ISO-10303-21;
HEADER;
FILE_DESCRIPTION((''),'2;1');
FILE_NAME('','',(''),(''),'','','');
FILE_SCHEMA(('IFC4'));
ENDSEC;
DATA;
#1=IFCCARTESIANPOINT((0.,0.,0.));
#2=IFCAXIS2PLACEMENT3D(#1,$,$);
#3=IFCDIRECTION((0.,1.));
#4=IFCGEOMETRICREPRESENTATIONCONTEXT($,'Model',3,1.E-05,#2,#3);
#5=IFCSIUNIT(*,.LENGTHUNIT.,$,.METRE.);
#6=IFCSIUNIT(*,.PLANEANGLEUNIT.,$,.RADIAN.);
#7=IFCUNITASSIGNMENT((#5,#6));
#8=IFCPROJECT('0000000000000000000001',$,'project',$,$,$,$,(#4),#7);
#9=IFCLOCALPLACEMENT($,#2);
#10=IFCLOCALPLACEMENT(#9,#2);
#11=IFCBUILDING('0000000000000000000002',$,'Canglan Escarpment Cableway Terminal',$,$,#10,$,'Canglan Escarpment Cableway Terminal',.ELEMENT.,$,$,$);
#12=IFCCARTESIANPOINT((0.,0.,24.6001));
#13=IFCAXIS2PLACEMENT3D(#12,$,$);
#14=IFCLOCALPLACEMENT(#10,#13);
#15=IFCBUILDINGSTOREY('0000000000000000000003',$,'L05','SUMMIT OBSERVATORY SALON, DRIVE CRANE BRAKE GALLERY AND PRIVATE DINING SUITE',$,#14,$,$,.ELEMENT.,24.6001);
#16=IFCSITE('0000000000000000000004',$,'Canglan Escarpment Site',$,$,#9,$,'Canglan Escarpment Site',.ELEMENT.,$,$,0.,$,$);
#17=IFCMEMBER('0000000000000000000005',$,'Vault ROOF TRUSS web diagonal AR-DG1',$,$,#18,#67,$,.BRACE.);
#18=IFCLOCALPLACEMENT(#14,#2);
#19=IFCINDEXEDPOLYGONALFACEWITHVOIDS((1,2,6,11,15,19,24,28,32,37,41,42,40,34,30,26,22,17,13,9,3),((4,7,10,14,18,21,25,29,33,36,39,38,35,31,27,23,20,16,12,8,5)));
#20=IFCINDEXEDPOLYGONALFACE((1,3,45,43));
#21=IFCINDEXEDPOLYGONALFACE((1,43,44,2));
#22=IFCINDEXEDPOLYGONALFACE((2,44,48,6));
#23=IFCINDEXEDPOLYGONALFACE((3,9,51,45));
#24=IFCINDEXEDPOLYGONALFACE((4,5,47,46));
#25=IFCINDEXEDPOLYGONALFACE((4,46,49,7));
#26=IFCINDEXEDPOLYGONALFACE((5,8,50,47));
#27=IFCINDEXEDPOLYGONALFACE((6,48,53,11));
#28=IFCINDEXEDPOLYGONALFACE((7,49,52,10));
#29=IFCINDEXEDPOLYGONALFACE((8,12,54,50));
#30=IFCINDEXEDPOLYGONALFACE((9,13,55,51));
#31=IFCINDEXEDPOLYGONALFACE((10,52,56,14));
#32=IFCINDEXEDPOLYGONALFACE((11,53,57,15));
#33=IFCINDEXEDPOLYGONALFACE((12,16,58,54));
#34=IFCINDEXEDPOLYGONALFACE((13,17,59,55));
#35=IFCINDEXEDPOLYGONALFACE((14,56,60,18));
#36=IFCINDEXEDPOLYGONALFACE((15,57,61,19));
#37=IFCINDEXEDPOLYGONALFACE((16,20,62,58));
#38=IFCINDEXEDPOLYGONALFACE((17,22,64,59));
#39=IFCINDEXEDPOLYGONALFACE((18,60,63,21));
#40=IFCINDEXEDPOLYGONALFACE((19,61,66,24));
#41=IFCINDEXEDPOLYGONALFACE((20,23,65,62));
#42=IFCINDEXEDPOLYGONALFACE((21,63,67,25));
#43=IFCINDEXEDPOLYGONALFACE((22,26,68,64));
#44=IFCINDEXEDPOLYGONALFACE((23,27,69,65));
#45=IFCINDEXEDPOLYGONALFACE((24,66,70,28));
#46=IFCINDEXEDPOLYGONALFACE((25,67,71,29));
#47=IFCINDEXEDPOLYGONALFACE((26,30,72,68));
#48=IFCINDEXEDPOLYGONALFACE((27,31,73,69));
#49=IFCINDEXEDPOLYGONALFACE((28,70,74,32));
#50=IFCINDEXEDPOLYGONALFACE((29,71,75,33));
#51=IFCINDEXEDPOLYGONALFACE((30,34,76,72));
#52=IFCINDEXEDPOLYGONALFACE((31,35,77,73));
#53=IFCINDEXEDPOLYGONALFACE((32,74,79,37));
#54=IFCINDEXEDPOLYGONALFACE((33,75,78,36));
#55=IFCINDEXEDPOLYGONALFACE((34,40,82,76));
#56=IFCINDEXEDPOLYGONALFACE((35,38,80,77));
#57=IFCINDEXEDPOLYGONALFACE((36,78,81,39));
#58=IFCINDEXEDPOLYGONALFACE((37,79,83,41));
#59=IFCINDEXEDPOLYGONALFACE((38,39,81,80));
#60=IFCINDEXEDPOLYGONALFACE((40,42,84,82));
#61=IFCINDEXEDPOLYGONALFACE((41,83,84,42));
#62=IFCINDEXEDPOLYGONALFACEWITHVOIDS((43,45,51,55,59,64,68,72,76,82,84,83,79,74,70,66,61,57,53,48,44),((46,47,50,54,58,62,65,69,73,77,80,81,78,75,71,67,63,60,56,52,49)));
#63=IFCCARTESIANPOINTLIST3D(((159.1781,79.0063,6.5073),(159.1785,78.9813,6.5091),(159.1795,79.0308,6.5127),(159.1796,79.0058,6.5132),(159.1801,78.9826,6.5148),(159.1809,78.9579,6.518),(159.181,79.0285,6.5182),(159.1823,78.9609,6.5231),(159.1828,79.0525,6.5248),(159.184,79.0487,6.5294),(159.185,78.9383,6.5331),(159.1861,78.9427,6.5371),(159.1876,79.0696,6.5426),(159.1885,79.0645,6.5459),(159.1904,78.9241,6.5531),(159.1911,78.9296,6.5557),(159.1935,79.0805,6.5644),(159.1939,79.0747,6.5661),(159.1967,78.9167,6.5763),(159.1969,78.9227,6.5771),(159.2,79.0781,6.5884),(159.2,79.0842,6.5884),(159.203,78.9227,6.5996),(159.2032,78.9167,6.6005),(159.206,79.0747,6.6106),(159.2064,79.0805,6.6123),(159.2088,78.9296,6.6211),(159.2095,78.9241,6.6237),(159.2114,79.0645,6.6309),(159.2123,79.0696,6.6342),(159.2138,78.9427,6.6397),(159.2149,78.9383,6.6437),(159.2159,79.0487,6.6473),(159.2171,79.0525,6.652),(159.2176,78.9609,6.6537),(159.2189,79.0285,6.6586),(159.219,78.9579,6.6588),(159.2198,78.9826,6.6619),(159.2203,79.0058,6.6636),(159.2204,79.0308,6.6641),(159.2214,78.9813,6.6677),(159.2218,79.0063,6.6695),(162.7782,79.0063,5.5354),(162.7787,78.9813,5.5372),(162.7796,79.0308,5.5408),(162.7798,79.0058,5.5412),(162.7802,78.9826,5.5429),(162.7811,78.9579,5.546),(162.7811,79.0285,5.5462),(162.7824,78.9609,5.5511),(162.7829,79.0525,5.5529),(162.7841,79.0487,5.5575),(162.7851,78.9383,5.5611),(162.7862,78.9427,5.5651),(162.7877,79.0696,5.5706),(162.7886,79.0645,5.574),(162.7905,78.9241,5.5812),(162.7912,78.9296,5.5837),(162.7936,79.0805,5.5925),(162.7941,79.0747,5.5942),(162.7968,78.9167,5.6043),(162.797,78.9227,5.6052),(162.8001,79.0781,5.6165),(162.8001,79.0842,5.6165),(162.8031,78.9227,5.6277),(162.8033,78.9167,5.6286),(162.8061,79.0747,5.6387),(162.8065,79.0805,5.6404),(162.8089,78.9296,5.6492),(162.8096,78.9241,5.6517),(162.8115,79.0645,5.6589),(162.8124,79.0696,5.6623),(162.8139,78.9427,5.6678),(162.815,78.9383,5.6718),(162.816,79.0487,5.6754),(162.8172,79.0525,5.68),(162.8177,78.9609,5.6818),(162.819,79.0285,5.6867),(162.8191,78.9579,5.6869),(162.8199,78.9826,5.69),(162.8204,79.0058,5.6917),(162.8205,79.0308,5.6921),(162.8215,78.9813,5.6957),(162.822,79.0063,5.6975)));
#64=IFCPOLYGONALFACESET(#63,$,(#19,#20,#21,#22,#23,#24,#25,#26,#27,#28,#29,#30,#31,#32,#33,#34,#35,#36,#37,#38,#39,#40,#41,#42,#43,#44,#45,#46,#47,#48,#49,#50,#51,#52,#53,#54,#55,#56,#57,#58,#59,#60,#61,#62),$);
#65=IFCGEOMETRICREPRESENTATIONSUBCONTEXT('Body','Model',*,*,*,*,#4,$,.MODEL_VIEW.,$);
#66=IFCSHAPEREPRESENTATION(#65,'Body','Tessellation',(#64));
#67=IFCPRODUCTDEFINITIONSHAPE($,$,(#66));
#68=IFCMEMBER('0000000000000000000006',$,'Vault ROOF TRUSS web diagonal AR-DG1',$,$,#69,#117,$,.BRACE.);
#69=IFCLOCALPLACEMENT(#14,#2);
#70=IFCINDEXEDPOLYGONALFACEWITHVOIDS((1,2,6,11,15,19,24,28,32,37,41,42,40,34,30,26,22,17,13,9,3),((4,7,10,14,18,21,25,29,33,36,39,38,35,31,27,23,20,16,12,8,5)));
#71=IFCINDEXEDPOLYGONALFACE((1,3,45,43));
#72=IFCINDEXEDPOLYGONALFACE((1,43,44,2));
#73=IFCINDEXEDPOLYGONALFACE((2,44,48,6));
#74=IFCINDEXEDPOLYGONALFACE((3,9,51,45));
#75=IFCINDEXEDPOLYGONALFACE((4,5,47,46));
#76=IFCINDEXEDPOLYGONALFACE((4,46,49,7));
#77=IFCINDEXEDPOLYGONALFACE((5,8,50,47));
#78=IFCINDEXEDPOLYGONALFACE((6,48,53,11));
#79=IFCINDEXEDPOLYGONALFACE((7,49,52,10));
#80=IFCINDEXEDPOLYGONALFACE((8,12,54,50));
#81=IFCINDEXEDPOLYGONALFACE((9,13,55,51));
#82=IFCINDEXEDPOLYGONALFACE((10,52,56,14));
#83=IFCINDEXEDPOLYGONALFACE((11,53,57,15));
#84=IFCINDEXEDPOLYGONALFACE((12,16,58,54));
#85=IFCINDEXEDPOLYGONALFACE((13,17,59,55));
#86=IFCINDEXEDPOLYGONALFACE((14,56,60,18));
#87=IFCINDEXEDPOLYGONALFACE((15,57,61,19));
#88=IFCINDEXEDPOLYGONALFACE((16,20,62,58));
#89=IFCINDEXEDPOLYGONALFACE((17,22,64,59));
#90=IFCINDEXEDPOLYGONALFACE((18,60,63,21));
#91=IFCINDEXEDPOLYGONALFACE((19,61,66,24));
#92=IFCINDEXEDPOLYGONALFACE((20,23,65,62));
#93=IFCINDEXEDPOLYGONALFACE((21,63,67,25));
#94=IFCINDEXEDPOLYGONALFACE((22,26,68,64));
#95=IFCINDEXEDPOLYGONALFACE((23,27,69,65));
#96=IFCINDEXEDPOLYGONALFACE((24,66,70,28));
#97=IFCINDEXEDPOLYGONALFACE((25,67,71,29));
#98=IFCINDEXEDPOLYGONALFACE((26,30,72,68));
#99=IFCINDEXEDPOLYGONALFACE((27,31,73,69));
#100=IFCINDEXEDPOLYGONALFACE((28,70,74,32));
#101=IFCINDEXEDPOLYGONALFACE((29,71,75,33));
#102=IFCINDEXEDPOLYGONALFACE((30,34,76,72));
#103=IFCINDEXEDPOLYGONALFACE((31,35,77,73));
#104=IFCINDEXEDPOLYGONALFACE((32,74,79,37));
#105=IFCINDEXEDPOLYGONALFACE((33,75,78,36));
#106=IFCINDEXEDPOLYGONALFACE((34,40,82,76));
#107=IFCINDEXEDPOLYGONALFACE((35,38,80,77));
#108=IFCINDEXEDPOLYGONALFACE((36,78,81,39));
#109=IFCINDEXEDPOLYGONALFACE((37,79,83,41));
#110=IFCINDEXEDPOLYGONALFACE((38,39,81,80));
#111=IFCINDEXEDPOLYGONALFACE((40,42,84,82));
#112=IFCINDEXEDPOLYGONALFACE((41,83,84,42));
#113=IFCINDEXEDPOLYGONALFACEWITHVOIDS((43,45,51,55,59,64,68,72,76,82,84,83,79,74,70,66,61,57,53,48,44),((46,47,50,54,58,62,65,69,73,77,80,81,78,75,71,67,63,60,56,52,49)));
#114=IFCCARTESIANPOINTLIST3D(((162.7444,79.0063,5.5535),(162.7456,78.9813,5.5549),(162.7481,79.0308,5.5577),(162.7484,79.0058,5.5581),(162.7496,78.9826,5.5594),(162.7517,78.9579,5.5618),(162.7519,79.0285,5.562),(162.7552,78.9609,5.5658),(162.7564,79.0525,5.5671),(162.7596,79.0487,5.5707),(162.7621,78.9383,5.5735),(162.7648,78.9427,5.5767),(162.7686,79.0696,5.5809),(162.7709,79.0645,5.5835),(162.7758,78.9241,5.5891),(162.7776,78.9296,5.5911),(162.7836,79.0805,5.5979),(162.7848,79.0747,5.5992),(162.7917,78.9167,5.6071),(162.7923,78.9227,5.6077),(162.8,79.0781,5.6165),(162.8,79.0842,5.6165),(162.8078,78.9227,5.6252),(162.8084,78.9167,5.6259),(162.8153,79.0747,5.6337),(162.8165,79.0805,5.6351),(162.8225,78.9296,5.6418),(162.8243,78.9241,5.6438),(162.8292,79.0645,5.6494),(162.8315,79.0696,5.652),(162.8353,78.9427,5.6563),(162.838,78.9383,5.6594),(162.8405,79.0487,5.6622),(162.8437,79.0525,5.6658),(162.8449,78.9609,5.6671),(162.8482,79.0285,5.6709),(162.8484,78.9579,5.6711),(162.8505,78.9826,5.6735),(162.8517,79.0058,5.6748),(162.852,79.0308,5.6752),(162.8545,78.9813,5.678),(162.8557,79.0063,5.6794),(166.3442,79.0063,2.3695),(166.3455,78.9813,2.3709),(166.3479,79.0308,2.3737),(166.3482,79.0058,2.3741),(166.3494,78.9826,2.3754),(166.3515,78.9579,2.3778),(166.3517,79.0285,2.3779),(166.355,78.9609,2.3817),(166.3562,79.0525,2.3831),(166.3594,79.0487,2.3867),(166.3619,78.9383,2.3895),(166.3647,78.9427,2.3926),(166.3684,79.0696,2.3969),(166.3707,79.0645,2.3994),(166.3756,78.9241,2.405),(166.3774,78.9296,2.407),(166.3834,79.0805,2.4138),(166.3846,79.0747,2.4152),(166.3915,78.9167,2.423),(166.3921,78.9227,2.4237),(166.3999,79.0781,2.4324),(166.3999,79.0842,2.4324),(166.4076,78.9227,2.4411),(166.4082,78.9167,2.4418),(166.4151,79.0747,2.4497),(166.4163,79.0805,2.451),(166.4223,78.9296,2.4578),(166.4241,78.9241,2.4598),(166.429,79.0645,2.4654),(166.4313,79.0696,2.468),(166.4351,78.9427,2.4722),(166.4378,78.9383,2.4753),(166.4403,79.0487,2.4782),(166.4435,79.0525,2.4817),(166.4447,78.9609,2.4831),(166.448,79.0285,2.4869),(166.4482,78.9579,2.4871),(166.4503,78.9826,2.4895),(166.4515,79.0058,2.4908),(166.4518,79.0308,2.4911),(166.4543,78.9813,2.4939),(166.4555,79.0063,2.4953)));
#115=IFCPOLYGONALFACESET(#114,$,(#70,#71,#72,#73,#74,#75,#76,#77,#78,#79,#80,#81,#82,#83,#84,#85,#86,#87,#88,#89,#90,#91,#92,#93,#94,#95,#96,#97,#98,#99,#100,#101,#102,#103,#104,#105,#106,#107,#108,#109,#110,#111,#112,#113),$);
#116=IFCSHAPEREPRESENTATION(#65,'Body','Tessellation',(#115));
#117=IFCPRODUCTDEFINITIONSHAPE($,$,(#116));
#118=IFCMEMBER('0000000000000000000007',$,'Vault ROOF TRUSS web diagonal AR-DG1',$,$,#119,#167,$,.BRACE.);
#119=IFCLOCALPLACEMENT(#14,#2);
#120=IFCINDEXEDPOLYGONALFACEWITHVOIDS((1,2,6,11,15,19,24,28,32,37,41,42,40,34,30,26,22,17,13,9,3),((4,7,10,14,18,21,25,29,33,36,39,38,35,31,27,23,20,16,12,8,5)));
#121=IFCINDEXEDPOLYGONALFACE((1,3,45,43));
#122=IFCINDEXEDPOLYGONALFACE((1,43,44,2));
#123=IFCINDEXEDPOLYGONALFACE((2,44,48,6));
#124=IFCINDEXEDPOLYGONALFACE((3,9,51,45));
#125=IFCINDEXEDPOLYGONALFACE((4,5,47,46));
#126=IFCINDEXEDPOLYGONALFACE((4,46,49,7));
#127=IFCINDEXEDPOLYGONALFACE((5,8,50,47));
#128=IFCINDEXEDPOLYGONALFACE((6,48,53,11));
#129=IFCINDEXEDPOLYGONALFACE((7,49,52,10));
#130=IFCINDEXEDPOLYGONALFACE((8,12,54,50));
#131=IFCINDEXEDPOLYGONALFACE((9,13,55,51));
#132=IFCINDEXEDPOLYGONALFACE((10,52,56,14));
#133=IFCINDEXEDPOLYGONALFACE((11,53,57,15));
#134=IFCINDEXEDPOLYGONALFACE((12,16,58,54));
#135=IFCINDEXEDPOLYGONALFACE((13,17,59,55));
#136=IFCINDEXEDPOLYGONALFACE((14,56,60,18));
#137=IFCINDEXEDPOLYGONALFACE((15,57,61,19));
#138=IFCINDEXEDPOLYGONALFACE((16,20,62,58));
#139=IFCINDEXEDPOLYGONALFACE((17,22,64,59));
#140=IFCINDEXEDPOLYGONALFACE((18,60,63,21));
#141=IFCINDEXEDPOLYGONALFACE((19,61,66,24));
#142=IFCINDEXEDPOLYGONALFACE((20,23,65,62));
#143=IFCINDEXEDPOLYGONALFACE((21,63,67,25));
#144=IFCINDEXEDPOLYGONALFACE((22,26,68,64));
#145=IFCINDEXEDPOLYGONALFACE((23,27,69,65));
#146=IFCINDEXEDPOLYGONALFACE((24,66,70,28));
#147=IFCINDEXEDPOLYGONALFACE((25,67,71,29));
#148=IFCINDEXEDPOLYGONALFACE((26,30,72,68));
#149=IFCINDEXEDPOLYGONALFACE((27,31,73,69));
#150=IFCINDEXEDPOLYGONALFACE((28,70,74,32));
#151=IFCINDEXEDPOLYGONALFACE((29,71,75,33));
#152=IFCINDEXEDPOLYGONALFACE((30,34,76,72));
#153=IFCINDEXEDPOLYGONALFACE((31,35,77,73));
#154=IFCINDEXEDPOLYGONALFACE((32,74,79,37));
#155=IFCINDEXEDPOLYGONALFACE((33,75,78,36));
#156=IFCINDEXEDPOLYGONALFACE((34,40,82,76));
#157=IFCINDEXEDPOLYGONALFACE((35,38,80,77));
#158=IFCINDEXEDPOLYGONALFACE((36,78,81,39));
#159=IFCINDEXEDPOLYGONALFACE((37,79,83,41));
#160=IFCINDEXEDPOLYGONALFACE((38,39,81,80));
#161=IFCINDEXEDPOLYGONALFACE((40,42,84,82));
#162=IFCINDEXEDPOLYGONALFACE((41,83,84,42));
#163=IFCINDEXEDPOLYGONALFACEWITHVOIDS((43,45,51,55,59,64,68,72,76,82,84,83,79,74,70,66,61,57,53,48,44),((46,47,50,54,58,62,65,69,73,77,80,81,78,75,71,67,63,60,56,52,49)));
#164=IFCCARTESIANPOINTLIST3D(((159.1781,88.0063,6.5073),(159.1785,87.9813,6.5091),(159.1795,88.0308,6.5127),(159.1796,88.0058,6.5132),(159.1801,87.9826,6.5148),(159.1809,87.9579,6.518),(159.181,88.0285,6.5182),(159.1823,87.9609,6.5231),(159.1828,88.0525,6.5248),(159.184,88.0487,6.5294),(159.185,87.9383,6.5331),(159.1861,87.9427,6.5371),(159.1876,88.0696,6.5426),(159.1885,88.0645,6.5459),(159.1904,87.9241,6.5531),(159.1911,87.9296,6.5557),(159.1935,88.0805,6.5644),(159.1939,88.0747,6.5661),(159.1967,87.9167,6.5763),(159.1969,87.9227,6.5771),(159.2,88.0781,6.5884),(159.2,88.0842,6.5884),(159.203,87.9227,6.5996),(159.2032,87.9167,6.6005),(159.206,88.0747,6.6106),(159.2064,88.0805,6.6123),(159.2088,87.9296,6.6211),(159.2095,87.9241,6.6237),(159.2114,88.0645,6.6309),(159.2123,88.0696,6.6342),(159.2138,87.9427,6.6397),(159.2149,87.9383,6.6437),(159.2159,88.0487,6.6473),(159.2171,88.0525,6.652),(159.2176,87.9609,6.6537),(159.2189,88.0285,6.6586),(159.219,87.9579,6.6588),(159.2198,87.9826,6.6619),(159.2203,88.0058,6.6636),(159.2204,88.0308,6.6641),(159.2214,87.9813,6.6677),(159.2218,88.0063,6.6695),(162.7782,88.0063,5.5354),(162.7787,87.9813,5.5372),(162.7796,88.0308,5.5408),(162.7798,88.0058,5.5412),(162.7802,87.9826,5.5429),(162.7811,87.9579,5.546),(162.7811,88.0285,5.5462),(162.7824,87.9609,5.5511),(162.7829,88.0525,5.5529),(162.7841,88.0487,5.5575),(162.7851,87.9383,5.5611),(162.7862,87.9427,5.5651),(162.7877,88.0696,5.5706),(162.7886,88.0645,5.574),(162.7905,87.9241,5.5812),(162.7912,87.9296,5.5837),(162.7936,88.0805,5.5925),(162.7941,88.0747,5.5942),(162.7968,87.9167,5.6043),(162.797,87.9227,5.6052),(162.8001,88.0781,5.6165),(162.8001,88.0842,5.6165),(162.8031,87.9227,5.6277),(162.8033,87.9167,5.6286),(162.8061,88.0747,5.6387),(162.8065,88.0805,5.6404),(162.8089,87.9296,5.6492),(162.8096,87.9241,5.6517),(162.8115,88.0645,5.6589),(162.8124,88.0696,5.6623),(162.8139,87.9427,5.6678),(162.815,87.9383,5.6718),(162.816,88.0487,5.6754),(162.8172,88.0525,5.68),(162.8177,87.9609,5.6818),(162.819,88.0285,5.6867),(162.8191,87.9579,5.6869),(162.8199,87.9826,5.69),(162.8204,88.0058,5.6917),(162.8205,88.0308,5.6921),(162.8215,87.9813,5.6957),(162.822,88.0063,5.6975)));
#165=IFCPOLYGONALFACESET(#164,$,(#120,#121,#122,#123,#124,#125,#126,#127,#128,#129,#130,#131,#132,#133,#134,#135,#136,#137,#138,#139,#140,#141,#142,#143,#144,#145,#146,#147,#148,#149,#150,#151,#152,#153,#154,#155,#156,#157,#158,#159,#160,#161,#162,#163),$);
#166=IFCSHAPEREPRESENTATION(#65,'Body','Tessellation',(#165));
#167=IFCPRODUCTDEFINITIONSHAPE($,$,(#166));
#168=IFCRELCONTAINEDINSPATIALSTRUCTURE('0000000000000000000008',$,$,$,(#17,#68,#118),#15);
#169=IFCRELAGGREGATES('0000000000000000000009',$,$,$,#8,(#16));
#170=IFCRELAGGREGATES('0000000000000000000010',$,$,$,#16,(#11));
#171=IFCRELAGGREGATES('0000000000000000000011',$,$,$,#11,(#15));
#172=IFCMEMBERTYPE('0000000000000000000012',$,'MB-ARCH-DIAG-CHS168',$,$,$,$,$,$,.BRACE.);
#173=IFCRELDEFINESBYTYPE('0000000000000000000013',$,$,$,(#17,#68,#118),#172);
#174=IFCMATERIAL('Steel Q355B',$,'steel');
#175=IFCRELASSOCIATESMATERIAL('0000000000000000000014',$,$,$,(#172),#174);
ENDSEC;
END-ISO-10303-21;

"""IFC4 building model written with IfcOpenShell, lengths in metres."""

from ifc_helpers import new_model, si_unit, direction, frame, origin, origin_2d, place, context, subcontext, project, spatial, hollow_circle, extrude, material, material_profile, profile_set, type_object, element, save


model = new_model("IFC4")

# Units and contexts
model_context = context("Model", 3, precision=1e-05, world=origin(), true_north=direction((0.0, 1.0)))
body_context = subcontext(model_context, "Body", "Model", "MODEL_VIEW")
ifc_project = project(units=[si_unit("LENGTHUNIT", "METRE"), si_unit("PLANEANGLEUNIT", "RADIAN")], contexts=[model_context])

# Site, building, storey
site_placement = place(None, origin())
site = spatial("IfcSite", under=ifc_project, at=site_placement, Name="Canglan Escarpment Site", LongName="Canglan Escarpment Site", CompositionType="ELEMENT", RefElevation=0.0)
building_placement = place(site_placement, origin())
building = spatial("IfcBuilding", under=site, at=building_placement, Name="Canglan Escarpment Cableway Terminal", LongName="Canglan Escarpment Cableway Terminal", CompositionType="ELEMENT")
storey_placement = place(building_placement, frame((0.0, 0.0, 24.6001)))
storey = spatial("IfcBuildingStorey", under=building, at=storey_placement, Name="L05", Description="SUMMIT OBSERVATORY SALON, DRIVE CRANE BRAKE GALLERY AND PRIVATE DINING SUITE", CompositionType="ELEMENT", Elevation=24.6001)

# Shared definitions
ifc_material = material(Name="Steel Q355B", Category="steel")

# Members
ifc_material_profile_1 = material_profile(ifc_material, hollow_circle(Radius=0.0842, WallThickness=0.0061, at=origin_2d()), Name="CHS 168.3x6")
ifc_profile_set_1 = profile_set([ifc_material_profile_1], Name="Steel Q355B")
member_type_1 = type_object("IfcMemberType", Name="MB-ARCH-DIAG-CHS168", PredefinedType="BRACE", material=ifc_profile_set_1)
member_1_placement = place(storey_placement, frame((159.2, 79.0, 6.5884), z_axis=(0.965436, 0.0, -0.26064), x_axis=(0.0, 1.0, 0.0)))
element("IfcMember", 1, at=member_1_placement, inside=storey, type_object=member_type_1, Name="Vault ROOF TRUSS web diagonal AR-DG1", PredefinedType="BRACE", context=body_context, shape_type="SweptSolid", body=[
    extrude(hollow_circle(Radius=0.0842, WallThickness=0.0061, at=origin_2d()), origin(), (0.0, 0.0, 1.0), 3.729),
])
member_2_placement = place(storey_placement, frame((162.8, 79.0, 5.6165), z_axis=(0.749038, 0.0, -0.662527), x_axis=(0.0, 1.0, 0.0)))
element("IfcMember", 2, at=member_2_placement, inside=storey, type_object=member_type_1, Name="Vault ROOF TRUSS web diagonal AR-DG1", PredefinedType="BRACE", context=body_context, shape_type="SweptSolid", body=[
    extrude(hollow_circle(Radius=0.0842, WallThickness=0.0061, at=origin_2d()), origin(), (0.0, 0.0, 1.0), 4.8059),
])
member_3_placement = place(storey_placement, frame((159.2, 88.0, 6.5884), z_axis=(0.965436, 0.0, -0.26064), x_axis=(0.0, 1.0, 0.0)))
element("IfcMember", 3, at=member_3_placement, inside=storey, type_object=member_type_1, Name="Vault ROOF TRUSS web diagonal AR-DG1", PredefinedType="BRACE", context=body_context, shape_type="SweptSolid", body=[
    extrude(hollow_circle(Radius=0.0842, WallThickness=0.0061, at=origin_2d()), origin(), (0.0, 0.0, 1.0), 3.729),
])

save(model, "model.ifc")
